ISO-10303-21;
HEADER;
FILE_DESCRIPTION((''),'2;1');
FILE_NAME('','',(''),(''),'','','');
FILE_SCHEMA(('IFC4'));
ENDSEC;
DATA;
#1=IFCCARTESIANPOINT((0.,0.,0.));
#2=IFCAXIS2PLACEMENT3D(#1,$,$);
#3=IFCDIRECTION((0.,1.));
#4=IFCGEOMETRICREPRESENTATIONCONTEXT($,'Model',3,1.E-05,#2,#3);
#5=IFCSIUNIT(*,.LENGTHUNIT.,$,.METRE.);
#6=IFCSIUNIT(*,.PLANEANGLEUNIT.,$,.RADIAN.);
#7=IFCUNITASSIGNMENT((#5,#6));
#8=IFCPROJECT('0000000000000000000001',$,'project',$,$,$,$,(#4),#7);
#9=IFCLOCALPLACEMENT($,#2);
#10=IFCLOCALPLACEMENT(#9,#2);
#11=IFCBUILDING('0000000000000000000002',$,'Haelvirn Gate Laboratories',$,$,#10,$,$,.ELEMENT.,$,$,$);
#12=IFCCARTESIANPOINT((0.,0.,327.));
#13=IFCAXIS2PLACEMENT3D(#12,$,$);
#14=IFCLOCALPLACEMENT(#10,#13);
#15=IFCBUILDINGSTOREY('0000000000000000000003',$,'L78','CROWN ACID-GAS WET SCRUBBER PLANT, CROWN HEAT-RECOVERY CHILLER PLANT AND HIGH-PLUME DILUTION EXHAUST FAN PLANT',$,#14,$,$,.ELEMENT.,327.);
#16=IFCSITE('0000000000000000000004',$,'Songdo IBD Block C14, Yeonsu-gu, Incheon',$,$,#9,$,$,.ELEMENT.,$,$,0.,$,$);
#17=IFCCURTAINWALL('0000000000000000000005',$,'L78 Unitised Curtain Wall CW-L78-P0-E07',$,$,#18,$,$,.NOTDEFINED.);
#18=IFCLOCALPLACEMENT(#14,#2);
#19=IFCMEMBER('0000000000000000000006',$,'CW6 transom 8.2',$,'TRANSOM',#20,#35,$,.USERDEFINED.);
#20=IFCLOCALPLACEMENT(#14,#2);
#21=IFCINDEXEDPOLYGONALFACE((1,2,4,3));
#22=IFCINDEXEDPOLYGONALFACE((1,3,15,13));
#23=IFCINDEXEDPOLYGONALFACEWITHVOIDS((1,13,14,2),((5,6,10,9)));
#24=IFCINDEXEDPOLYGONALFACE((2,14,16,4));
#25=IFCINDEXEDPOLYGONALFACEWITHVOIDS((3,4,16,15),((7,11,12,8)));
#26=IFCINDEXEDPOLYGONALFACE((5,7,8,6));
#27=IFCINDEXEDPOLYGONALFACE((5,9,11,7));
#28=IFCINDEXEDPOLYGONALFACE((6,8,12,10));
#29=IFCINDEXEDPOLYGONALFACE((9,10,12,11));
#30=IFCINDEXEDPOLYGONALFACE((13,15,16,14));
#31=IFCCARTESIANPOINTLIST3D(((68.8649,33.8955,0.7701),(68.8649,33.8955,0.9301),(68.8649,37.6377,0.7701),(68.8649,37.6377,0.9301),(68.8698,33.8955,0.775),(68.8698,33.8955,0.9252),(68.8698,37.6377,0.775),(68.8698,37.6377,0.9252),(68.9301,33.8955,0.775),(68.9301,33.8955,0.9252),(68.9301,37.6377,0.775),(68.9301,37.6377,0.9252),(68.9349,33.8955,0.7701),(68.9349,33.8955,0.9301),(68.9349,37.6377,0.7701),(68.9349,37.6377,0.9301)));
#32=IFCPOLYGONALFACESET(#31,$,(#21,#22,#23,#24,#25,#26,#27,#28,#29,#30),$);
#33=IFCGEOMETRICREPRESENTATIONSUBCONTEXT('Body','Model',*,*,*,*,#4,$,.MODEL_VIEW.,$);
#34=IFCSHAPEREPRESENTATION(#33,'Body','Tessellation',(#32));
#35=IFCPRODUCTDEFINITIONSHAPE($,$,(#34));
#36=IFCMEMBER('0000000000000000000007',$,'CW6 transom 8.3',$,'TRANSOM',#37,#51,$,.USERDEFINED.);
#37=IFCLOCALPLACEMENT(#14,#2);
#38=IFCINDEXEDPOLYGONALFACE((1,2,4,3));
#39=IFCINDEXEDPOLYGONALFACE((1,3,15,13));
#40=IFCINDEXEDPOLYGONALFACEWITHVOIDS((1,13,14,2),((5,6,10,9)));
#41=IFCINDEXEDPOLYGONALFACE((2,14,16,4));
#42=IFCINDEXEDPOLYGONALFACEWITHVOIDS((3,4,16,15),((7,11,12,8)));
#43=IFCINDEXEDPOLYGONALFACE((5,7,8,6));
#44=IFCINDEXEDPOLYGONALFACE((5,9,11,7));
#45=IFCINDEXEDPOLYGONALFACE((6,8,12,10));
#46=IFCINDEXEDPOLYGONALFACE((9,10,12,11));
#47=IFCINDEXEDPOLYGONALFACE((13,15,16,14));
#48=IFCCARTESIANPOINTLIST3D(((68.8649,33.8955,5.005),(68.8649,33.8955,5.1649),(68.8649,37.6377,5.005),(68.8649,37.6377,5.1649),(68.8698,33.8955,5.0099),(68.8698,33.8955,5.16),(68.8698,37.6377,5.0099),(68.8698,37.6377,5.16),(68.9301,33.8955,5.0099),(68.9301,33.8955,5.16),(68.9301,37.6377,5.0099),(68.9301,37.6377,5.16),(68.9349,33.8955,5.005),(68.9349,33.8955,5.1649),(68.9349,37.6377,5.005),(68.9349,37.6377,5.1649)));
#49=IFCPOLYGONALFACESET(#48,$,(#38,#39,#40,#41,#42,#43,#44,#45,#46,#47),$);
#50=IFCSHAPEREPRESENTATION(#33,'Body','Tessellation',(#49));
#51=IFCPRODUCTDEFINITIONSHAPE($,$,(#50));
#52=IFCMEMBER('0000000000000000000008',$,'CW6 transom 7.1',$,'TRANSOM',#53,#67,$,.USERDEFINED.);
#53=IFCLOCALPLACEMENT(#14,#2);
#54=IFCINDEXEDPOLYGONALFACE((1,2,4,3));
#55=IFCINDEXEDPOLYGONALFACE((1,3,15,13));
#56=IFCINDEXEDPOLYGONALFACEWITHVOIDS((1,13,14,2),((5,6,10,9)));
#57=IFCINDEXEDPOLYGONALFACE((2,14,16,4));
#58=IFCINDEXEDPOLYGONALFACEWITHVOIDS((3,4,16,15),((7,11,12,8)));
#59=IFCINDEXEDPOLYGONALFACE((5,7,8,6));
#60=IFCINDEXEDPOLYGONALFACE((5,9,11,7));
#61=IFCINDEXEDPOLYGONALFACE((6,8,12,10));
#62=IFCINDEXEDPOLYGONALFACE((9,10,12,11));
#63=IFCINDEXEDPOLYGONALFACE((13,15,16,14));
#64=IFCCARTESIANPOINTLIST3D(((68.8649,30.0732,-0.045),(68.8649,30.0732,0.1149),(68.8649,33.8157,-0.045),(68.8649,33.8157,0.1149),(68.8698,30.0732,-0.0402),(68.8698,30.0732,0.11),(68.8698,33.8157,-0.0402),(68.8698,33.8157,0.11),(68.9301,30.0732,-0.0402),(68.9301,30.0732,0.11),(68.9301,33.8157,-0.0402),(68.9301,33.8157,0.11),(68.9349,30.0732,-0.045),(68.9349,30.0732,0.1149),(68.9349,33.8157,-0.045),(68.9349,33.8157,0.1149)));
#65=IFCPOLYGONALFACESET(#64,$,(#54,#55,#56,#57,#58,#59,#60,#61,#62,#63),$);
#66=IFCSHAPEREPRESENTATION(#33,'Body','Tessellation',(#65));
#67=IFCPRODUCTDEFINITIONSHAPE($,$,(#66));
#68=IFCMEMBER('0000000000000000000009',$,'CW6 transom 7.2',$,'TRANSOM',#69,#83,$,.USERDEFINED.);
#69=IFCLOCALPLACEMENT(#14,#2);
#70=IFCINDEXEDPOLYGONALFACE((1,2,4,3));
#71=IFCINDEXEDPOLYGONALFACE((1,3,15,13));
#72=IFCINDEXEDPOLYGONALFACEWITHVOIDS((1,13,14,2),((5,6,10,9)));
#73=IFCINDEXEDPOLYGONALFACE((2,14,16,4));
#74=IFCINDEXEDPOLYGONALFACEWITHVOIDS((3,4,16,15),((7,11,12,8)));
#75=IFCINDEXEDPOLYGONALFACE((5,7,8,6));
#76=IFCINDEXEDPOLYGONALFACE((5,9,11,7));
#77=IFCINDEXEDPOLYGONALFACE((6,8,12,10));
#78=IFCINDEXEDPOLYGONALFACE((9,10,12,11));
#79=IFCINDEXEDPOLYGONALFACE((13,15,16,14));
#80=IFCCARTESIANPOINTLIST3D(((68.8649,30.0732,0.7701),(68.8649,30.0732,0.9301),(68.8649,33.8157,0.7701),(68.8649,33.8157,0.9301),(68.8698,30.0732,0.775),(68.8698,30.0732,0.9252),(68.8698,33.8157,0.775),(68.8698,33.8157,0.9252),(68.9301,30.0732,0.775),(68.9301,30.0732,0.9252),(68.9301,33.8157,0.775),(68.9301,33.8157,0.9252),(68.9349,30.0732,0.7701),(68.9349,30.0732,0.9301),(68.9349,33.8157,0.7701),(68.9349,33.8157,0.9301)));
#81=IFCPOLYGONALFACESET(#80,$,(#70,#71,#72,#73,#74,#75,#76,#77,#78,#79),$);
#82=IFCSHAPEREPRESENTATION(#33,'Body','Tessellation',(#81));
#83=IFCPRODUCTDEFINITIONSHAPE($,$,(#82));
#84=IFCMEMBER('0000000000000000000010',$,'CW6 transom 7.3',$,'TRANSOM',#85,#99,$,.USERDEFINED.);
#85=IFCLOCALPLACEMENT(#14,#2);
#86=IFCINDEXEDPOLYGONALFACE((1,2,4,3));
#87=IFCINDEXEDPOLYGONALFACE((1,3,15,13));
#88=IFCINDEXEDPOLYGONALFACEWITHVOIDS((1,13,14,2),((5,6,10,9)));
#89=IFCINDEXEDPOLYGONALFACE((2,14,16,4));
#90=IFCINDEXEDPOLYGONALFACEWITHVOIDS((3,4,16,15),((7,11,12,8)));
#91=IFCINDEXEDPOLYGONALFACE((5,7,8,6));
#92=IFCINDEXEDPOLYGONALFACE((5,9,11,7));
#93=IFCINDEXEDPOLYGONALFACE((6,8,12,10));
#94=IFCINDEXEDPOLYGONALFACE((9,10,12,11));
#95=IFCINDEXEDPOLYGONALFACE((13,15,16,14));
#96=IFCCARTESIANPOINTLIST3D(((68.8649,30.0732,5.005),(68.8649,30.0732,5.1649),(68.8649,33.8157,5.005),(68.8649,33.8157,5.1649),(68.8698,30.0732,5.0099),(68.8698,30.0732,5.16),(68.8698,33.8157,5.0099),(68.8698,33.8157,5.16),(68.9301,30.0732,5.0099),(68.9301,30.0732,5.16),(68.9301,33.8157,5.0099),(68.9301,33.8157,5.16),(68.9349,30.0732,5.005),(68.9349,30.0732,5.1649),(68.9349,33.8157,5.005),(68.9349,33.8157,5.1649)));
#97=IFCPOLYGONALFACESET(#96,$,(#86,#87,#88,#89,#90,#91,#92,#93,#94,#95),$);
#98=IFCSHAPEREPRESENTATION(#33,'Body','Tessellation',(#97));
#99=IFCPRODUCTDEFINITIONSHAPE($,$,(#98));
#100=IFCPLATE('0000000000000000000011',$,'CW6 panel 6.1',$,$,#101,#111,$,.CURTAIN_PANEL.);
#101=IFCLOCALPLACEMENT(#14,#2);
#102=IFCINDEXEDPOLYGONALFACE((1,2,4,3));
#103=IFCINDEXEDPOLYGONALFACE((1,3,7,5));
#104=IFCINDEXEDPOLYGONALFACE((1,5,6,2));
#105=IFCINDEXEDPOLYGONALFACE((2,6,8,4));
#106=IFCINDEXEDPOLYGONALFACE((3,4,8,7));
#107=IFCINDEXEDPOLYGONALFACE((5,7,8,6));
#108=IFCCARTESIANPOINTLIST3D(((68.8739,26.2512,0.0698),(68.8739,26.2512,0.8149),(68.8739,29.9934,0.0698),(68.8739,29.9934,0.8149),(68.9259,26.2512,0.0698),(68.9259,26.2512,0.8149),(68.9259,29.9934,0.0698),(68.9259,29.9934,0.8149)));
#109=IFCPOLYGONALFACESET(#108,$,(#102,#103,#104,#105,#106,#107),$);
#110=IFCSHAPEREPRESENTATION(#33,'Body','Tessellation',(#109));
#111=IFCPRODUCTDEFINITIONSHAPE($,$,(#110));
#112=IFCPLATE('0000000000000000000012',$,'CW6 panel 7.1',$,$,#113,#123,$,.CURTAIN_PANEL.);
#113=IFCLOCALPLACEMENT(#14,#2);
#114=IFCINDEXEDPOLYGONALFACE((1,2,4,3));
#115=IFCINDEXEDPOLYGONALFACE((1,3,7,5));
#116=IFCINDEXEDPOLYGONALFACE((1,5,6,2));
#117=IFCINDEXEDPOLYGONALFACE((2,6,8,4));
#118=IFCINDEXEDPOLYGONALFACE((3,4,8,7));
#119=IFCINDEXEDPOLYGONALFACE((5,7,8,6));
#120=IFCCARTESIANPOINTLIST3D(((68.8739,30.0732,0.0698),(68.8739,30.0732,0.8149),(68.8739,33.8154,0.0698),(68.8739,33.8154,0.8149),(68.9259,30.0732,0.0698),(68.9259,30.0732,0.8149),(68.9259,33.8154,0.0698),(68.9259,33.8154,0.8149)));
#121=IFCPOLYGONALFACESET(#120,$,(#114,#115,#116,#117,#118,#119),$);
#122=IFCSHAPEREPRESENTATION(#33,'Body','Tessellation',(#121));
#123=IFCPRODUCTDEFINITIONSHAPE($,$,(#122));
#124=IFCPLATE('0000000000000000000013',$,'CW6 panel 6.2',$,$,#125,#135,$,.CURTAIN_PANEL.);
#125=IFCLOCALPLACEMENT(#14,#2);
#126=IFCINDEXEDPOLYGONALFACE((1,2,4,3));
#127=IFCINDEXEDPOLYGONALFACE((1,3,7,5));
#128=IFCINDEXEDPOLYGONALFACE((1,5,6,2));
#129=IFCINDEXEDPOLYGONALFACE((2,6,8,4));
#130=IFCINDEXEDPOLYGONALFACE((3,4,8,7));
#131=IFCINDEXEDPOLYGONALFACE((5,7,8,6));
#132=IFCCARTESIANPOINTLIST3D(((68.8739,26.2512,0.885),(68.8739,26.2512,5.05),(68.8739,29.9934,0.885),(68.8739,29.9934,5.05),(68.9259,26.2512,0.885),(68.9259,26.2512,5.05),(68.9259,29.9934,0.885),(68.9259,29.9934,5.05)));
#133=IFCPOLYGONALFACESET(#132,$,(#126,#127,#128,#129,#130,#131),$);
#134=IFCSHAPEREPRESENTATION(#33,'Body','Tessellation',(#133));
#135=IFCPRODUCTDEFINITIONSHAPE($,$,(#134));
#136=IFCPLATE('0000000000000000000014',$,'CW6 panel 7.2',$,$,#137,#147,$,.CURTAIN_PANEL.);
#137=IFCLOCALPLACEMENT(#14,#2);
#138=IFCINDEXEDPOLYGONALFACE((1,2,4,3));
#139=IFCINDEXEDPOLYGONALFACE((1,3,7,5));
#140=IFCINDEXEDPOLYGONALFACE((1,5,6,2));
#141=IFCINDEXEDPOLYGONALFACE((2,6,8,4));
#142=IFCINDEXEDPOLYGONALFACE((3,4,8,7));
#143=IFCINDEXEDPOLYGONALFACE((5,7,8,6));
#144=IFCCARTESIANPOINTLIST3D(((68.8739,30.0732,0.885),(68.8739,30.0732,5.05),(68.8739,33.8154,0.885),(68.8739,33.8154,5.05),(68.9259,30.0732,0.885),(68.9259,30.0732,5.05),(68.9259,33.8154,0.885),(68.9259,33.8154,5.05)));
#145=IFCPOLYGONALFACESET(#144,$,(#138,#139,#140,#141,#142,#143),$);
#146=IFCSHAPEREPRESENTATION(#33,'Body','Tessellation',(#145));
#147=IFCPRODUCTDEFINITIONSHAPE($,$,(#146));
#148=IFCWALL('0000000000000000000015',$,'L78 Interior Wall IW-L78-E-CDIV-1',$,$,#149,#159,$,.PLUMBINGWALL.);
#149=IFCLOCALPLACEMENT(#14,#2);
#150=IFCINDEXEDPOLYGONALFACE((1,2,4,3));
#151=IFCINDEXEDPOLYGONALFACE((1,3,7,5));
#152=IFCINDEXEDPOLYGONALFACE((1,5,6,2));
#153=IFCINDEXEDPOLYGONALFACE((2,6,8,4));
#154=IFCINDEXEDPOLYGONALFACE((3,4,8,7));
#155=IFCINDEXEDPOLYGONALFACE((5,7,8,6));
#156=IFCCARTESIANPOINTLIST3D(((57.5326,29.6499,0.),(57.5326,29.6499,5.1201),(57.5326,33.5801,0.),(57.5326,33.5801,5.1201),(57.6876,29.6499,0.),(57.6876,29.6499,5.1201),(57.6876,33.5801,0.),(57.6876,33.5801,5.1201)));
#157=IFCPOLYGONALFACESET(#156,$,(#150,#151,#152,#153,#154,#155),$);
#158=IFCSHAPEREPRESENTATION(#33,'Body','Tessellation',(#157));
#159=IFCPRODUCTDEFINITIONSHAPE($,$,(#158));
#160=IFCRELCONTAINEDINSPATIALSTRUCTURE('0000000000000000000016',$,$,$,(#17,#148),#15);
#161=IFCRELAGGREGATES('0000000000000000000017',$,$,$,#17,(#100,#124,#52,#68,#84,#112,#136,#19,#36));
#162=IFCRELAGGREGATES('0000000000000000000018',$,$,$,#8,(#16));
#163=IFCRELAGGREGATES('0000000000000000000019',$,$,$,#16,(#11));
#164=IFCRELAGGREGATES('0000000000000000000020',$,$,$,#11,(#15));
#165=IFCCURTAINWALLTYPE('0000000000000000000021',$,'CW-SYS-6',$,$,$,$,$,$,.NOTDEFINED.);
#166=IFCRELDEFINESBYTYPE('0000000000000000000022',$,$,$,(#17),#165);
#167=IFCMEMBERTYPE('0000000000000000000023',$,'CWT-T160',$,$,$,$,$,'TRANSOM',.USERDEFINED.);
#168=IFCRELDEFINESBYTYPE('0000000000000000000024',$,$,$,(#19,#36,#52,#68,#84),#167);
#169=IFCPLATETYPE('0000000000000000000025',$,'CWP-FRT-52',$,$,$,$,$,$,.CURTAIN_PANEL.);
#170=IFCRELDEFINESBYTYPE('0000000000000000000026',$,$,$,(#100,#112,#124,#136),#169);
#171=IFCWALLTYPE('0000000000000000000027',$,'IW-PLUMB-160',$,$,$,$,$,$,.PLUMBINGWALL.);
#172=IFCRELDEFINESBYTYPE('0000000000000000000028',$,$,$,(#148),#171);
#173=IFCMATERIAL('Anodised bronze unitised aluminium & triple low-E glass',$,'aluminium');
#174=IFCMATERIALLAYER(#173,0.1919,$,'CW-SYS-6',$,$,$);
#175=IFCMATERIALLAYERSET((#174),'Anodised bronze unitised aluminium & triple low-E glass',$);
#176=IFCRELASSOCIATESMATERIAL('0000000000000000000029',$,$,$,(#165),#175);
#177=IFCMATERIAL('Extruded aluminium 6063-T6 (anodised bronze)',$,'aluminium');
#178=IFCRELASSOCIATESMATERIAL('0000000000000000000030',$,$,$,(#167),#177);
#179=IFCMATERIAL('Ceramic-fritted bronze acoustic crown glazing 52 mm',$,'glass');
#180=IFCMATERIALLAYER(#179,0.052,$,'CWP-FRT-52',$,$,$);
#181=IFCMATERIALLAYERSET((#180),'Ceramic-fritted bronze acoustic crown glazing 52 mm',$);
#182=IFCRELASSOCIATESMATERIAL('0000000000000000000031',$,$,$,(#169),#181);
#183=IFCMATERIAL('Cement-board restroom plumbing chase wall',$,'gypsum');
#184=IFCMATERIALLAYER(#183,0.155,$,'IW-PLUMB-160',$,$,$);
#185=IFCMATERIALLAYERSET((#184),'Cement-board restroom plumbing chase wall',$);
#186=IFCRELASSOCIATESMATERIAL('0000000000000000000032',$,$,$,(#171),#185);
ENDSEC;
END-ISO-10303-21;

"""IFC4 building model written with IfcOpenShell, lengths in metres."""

from ifc_helpers import new_model, si_unit, direction, frame, frame_2d, origin, origin_2d, place, context, subcontext, project, spatial, rectangle, hollow_rectangle, extrude, source, transform, mapped, material, layer, layer_set, material_profile, profile_set, type_object, type_shapes, element, aggregate, save


model = new_model("IFC4")

# Units and contexts
model_context = context("Model", 3, precision=1e-05, world=origin(), true_north=direction((0.0, 1.0)))
body_context = subcontext(model_context, "Body", "Model", "MODEL_VIEW")
ifc_project = project(units=[si_unit("LENGTHUNIT", "METRE"), si_unit("PLANEANGLEUNIT", "RADIAN")], contexts=[model_context])

# Site, building, storey
site_placement = place(None, origin())
site = spatial("IfcSite", under=ifc_project, at=site_placement, Name="Songdo IBD Block C14, Yeonsu-gu, Incheon", CompositionType="ELEMENT", RefElevation=0.0)
building_placement = place(site_placement, origin())
building = spatial("IfcBuilding", under=site, at=building_placement, Name="Haelvirn Gate Laboratories", CompositionType="ELEMENT")
storey_placement = place(building_placement, frame((0.0, 0.0, 327.0)))
storey = spatial("IfcBuildingStorey", under=building, at=storey_placement, Name="L78", Description="CROWN ACID-GAS WET SCRUBBER PLANT, CROWN HEAT-RECOVERY CHILLER PLANT AND HIGH-PLUME DILUTION EXHAUST FAN PLANT", CompositionType="ELEMENT", Elevation=327.0)

# Curtain wall, members, plates
ifc_material_1 = material(Name="Anodised bronze unitised aluminium & triple low-E glass", Category="aluminium")
ifc_layer_1 = layer(ifc_material_1, 0.1919, Name="CW-SYS-6")
ifc_layer_set_1 = layer_set([ifc_layer_1], Name="Anodised bronze unitised aluminium & triple low-E glass")
curtain_wall_type = type_object("IfcCurtainWallType", Name="CW-SYS-6", PredefinedType="NOTDEFINED", material=ifc_layer_set_1)
curtain_wall_placement = place(storey_placement, origin())
curtain_wall = element("IfcCurtainWall", 1, at=curtain_wall_placement, inside=storey, type_object=curtain_wall_type, Name="L78 Unitised Curtain Wall CW-L78-P0-E07", PredefinedType="NOTDEFINED")
ifc_material_2 = material(Name="Extruded aluminium 6063-T6 (anodised bronze)", Category="aluminium")
ifc_material_profile_1 = material_profile(ifc_material_2, hollow_rectangle(XDim=0.0701, YDim=0.1599, WallThickness=0.0049, at=origin_2d()), Name="CWT-160x70x5")
ifc_profile_set_1 = profile_set([ifc_material_profile_1], Name="Extruded aluminium 6063-T6 (anodised bronze)")
member_type_1 = type_object("IfcMemberType", Name="CWT-T160", ElementType="TRANSOM", PredefinedType="USERDEFINED", material=ifc_profile_set_1)
shared_shape_1 = source(origin(), body_context, "Body", "SweptSolid", [
    extrude(hollow_rectangle(XDim=0.0701, YDim=0.1599, WallThickness=0.0049, at=origin_2d()), origin(), (0.0, 0.0, 1.0), 3.7422),
])
member_1_placement = place(storey_placement, frame((68.8999, 33.8955, 0.8501), z_axis=(0.0, 1.0, 0.0), x_axis=(-1.0, 0.0, 0.0)))
member_1 = element("IfcMember", 2, at=member_1_placement, type_object=member_type_1, Name="CW6 transom 8.2", ObjectType="TRANSOM", PredefinedType="USERDEFINED", context=body_context, shape_type="MappedRepresentation", body=[
    mapped(shared_shape_1, transform((0.0, 0.0, 0.0), scale=1.0)),
])
member_2_placement = place(storey_placement, frame((68.8999, 33.8955, 5.085), z_axis=(0.0, 1.0, 0.0), x_axis=(-1.0, 0.0, 0.0)))
member_2 = element("IfcMember", 3, at=member_2_placement, type_object=member_type_1, Name="CW6 transom 8.3", ObjectType="TRANSOM", PredefinedType="USERDEFINED", context=body_context, shape_type="MappedRepresentation", body=[
    mapped(shared_shape_1, transform((0.0, 0.0, 0.0), scale=1.0)),
])
shared_shape_2 = source(origin(), body_context, "Body", "SweptSolid", [
    extrude(hollow_rectangle(XDim=0.0701, YDim=0.1599, WallThickness=0.0049, at=origin_2d()), origin(), (0.0, 0.0, 1.0), 3.7424),
])
type_shapes(member_type_1, [shared_shape_1, shared_shape_2])
member_3_placement = place(storey_placement, frame((68.8999, 30.0732, 0.0349), z_axis=(0.0, 1.0, 0.0), x_axis=(-1.0, 0.0, 0.0)))
member_3 = element("IfcMember", 4, at=member_3_placement, type_object=member_type_1, Name="CW6 transom 7.1", ObjectType="TRANSOM", PredefinedType="USERDEFINED", context=body_context, shape_type="MappedRepresentation", body=[
    mapped(shared_shape_2, transform((0.0, 0.0, 0.0), scale=1.0)),
])
member_4_placement = place(storey_placement, frame((68.8999, 30.0732, 0.8501), z_axis=(0.0, 1.0, 0.0), x_axis=(-1.0, 0.0, 0.0)))
member_4 = element("IfcMember", 5, at=member_4_placement, type_object=member_type_1, Name="CW6 transom 7.2", ObjectType="TRANSOM", PredefinedType="USERDEFINED", context=body_context, shape_type="MappedRepresentation", body=[
    mapped(shared_shape_2, transform((0.0, 0.0, 0.0), scale=1.0)),
])
member_5_placement = place(storey_placement, frame((68.8999, 30.0732, 5.085), z_axis=(0.0, 1.0, 0.0), x_axis=(-1.0, 0.0, 0.0)))
member_5 = element("IfcMember", 6, at=member_5_placement, type_object=member_type_1, Name="CW6 transom 7.3", ObjectType="TRANSOM", PredefinedType="USERDEFINED", context=body_context, shape_type="MappedRepresentation", body=[
    mapped(shared_shape_2, transform((0.0, 0.0, 0.0), scale=1.0)),
])
ifc_material_3 = material(Name="Ceramic-fritted bronze acoustic crown glazing 52 mm", Category="glass")
ifc_layer_2 = layer(ifc_material_3, 0.052, Name="CWP-FRT-52")
ifc_layer_set_2 = layer_set([ifc_layer_2], Name="Ceramic-fritted bronze acoustic crown glazing 52 mm")
plate_type = type_object("IfcPlateType", Name="CWP-FRT-52", PredefinedType="CURTAIN_PANEL", material=ifc_layer_set_2)
shared_shape_3 = source(origin(), body_context, "Body", "SweptSolid", [
    extrude(rectangle(XDim=3.7422, YDim=0.052, at=origin_2d()), origin(), (0.0, 0.0, 1.0), 0.7451),
])
plate_1_placement = place(storey_placement, frame((68.8999, 28.1223, 0.0698), z_axis=(0.0, 0.0, 1.0), x_axis=(0.0, 1.0, 0.0)))
plate_1 = element("IfcPlate", 7, at=plate_1_placement, type_object=plate_type, Name="CW6 panel 6.1", PredefinedType="CURTAIN_PANEL", context=body_context, shape_type="MappedRepresentation", body=[
    mapped(shared_shape_3, transform((0.0, 0.0, 0.0), scale=1.0)),
])
plate_2_placement = place(storey_placement, frame((68.8999, 31.9443, 0.0698), z_axis=(0.0, 0.0, 1.0), x_axis=(0.0, 1.0, 0.0)))
plate_2 = element("IfcPlate", 8, at=plate_2_placement, type_object=plate_type, Name="CW6 panel 7.1", PredefinedType="CURTAIN_PANEL", context=body_context, shape_type="MappedRepresentation", body=[
    mapped(shared_shape_3, transform((0.0, 0.0, 0.0), scale=1.0)),
])
shared_shape_4 = source(origin(), body_context, "Body", "SweptSolid", [
    extrude(rectangle(XDim=3.7422, YDim=0.052, at=origin_2d()), origin(), (0.0, 0.0, 1.0), 4.165),
])
type_shapes(plate_type, [shared_shape_3, shared_shape_4])
plate_3_placement = place(storey_placement, frame((68.8999, 28.1223, 0.885), z_axis=(0.0, 0.0, 1.0), x_axis=(0.0, 1.0, 0.0)))
plate_3 = element("IfcPlate", 9, at=plate_3_placement, type_object=plate_type, Name="CW6 panel 6.2", PredefinedType="CURTAIN_PANEL", context=body_context, shape_type="MappedRepresentation", body=[
    mapped(shared_shape_4, transform((0.0, 0.0, 0.0), scale=1.0)),
])
plate_4_placement = place(storey_placement, frame((68.8999, 31.9443, 0.885), z_axis=(0.0, 0.0, 1.0), x_axis=(0.0, 1.0, 0.0)))
plate_4 = element("IfcPlate", 10, at=plate_4_placement, type_object=plate_type, Name="CW6 panel 7.2", PredefinedType="CURTAIN_PANEL", context=body_context, shape_type="MappedRepresentation", body=[
    mapped(shared_shape_4, transform((0.0, 0.0, 0.0), scale=1.0)),
])
aggregate(curtain_wall, [plate_1, plate_3, member_3, member_4, member_5, plate_2, plate_4, member_1, member_2])

# Wall
ifc_material_4 = material(Name="Cement-board restroom plumbing chase wall", Category="gypsum")
ifc_layer_3 = layer(ifc_material_4, 0.155, Name="IW-PLUMB-160")
ifc_layer_set_3 = layer_set([ifc_layer_3], Name="Cement-board restroom plumbing chase wall")
wall_type_1 = type_object("IfcWallType", Name="IW-PLUMB-160", PredefinedType="PLUMBINGWALL", material=ifc_layer_set_3)
wall_1_placement = place(storey_placement, frame((57.6101, 29.6499, 0.0), z_axis=(0.0, 0.0, 1.0), x_axis=(0.0, 1.0, 0.0)))
element("IfcWall", 11, at=wall_1_placement, inside=storey, type_object=wall_type_1, Name="L78 Interior Wall IW-L78-E-CDIV-1", PredefinedType="PLUMBINGWALL", context=body_context, shape_type="SweptSolid", body=[
    extrude(rectangle(XDim=3.9302, YDim=0.155, at=frame_2d((1.9651, 0.0))), origin(), (0.0, 0.0, 1.0), 5.1201),
])

save(model, "model.ifc")
